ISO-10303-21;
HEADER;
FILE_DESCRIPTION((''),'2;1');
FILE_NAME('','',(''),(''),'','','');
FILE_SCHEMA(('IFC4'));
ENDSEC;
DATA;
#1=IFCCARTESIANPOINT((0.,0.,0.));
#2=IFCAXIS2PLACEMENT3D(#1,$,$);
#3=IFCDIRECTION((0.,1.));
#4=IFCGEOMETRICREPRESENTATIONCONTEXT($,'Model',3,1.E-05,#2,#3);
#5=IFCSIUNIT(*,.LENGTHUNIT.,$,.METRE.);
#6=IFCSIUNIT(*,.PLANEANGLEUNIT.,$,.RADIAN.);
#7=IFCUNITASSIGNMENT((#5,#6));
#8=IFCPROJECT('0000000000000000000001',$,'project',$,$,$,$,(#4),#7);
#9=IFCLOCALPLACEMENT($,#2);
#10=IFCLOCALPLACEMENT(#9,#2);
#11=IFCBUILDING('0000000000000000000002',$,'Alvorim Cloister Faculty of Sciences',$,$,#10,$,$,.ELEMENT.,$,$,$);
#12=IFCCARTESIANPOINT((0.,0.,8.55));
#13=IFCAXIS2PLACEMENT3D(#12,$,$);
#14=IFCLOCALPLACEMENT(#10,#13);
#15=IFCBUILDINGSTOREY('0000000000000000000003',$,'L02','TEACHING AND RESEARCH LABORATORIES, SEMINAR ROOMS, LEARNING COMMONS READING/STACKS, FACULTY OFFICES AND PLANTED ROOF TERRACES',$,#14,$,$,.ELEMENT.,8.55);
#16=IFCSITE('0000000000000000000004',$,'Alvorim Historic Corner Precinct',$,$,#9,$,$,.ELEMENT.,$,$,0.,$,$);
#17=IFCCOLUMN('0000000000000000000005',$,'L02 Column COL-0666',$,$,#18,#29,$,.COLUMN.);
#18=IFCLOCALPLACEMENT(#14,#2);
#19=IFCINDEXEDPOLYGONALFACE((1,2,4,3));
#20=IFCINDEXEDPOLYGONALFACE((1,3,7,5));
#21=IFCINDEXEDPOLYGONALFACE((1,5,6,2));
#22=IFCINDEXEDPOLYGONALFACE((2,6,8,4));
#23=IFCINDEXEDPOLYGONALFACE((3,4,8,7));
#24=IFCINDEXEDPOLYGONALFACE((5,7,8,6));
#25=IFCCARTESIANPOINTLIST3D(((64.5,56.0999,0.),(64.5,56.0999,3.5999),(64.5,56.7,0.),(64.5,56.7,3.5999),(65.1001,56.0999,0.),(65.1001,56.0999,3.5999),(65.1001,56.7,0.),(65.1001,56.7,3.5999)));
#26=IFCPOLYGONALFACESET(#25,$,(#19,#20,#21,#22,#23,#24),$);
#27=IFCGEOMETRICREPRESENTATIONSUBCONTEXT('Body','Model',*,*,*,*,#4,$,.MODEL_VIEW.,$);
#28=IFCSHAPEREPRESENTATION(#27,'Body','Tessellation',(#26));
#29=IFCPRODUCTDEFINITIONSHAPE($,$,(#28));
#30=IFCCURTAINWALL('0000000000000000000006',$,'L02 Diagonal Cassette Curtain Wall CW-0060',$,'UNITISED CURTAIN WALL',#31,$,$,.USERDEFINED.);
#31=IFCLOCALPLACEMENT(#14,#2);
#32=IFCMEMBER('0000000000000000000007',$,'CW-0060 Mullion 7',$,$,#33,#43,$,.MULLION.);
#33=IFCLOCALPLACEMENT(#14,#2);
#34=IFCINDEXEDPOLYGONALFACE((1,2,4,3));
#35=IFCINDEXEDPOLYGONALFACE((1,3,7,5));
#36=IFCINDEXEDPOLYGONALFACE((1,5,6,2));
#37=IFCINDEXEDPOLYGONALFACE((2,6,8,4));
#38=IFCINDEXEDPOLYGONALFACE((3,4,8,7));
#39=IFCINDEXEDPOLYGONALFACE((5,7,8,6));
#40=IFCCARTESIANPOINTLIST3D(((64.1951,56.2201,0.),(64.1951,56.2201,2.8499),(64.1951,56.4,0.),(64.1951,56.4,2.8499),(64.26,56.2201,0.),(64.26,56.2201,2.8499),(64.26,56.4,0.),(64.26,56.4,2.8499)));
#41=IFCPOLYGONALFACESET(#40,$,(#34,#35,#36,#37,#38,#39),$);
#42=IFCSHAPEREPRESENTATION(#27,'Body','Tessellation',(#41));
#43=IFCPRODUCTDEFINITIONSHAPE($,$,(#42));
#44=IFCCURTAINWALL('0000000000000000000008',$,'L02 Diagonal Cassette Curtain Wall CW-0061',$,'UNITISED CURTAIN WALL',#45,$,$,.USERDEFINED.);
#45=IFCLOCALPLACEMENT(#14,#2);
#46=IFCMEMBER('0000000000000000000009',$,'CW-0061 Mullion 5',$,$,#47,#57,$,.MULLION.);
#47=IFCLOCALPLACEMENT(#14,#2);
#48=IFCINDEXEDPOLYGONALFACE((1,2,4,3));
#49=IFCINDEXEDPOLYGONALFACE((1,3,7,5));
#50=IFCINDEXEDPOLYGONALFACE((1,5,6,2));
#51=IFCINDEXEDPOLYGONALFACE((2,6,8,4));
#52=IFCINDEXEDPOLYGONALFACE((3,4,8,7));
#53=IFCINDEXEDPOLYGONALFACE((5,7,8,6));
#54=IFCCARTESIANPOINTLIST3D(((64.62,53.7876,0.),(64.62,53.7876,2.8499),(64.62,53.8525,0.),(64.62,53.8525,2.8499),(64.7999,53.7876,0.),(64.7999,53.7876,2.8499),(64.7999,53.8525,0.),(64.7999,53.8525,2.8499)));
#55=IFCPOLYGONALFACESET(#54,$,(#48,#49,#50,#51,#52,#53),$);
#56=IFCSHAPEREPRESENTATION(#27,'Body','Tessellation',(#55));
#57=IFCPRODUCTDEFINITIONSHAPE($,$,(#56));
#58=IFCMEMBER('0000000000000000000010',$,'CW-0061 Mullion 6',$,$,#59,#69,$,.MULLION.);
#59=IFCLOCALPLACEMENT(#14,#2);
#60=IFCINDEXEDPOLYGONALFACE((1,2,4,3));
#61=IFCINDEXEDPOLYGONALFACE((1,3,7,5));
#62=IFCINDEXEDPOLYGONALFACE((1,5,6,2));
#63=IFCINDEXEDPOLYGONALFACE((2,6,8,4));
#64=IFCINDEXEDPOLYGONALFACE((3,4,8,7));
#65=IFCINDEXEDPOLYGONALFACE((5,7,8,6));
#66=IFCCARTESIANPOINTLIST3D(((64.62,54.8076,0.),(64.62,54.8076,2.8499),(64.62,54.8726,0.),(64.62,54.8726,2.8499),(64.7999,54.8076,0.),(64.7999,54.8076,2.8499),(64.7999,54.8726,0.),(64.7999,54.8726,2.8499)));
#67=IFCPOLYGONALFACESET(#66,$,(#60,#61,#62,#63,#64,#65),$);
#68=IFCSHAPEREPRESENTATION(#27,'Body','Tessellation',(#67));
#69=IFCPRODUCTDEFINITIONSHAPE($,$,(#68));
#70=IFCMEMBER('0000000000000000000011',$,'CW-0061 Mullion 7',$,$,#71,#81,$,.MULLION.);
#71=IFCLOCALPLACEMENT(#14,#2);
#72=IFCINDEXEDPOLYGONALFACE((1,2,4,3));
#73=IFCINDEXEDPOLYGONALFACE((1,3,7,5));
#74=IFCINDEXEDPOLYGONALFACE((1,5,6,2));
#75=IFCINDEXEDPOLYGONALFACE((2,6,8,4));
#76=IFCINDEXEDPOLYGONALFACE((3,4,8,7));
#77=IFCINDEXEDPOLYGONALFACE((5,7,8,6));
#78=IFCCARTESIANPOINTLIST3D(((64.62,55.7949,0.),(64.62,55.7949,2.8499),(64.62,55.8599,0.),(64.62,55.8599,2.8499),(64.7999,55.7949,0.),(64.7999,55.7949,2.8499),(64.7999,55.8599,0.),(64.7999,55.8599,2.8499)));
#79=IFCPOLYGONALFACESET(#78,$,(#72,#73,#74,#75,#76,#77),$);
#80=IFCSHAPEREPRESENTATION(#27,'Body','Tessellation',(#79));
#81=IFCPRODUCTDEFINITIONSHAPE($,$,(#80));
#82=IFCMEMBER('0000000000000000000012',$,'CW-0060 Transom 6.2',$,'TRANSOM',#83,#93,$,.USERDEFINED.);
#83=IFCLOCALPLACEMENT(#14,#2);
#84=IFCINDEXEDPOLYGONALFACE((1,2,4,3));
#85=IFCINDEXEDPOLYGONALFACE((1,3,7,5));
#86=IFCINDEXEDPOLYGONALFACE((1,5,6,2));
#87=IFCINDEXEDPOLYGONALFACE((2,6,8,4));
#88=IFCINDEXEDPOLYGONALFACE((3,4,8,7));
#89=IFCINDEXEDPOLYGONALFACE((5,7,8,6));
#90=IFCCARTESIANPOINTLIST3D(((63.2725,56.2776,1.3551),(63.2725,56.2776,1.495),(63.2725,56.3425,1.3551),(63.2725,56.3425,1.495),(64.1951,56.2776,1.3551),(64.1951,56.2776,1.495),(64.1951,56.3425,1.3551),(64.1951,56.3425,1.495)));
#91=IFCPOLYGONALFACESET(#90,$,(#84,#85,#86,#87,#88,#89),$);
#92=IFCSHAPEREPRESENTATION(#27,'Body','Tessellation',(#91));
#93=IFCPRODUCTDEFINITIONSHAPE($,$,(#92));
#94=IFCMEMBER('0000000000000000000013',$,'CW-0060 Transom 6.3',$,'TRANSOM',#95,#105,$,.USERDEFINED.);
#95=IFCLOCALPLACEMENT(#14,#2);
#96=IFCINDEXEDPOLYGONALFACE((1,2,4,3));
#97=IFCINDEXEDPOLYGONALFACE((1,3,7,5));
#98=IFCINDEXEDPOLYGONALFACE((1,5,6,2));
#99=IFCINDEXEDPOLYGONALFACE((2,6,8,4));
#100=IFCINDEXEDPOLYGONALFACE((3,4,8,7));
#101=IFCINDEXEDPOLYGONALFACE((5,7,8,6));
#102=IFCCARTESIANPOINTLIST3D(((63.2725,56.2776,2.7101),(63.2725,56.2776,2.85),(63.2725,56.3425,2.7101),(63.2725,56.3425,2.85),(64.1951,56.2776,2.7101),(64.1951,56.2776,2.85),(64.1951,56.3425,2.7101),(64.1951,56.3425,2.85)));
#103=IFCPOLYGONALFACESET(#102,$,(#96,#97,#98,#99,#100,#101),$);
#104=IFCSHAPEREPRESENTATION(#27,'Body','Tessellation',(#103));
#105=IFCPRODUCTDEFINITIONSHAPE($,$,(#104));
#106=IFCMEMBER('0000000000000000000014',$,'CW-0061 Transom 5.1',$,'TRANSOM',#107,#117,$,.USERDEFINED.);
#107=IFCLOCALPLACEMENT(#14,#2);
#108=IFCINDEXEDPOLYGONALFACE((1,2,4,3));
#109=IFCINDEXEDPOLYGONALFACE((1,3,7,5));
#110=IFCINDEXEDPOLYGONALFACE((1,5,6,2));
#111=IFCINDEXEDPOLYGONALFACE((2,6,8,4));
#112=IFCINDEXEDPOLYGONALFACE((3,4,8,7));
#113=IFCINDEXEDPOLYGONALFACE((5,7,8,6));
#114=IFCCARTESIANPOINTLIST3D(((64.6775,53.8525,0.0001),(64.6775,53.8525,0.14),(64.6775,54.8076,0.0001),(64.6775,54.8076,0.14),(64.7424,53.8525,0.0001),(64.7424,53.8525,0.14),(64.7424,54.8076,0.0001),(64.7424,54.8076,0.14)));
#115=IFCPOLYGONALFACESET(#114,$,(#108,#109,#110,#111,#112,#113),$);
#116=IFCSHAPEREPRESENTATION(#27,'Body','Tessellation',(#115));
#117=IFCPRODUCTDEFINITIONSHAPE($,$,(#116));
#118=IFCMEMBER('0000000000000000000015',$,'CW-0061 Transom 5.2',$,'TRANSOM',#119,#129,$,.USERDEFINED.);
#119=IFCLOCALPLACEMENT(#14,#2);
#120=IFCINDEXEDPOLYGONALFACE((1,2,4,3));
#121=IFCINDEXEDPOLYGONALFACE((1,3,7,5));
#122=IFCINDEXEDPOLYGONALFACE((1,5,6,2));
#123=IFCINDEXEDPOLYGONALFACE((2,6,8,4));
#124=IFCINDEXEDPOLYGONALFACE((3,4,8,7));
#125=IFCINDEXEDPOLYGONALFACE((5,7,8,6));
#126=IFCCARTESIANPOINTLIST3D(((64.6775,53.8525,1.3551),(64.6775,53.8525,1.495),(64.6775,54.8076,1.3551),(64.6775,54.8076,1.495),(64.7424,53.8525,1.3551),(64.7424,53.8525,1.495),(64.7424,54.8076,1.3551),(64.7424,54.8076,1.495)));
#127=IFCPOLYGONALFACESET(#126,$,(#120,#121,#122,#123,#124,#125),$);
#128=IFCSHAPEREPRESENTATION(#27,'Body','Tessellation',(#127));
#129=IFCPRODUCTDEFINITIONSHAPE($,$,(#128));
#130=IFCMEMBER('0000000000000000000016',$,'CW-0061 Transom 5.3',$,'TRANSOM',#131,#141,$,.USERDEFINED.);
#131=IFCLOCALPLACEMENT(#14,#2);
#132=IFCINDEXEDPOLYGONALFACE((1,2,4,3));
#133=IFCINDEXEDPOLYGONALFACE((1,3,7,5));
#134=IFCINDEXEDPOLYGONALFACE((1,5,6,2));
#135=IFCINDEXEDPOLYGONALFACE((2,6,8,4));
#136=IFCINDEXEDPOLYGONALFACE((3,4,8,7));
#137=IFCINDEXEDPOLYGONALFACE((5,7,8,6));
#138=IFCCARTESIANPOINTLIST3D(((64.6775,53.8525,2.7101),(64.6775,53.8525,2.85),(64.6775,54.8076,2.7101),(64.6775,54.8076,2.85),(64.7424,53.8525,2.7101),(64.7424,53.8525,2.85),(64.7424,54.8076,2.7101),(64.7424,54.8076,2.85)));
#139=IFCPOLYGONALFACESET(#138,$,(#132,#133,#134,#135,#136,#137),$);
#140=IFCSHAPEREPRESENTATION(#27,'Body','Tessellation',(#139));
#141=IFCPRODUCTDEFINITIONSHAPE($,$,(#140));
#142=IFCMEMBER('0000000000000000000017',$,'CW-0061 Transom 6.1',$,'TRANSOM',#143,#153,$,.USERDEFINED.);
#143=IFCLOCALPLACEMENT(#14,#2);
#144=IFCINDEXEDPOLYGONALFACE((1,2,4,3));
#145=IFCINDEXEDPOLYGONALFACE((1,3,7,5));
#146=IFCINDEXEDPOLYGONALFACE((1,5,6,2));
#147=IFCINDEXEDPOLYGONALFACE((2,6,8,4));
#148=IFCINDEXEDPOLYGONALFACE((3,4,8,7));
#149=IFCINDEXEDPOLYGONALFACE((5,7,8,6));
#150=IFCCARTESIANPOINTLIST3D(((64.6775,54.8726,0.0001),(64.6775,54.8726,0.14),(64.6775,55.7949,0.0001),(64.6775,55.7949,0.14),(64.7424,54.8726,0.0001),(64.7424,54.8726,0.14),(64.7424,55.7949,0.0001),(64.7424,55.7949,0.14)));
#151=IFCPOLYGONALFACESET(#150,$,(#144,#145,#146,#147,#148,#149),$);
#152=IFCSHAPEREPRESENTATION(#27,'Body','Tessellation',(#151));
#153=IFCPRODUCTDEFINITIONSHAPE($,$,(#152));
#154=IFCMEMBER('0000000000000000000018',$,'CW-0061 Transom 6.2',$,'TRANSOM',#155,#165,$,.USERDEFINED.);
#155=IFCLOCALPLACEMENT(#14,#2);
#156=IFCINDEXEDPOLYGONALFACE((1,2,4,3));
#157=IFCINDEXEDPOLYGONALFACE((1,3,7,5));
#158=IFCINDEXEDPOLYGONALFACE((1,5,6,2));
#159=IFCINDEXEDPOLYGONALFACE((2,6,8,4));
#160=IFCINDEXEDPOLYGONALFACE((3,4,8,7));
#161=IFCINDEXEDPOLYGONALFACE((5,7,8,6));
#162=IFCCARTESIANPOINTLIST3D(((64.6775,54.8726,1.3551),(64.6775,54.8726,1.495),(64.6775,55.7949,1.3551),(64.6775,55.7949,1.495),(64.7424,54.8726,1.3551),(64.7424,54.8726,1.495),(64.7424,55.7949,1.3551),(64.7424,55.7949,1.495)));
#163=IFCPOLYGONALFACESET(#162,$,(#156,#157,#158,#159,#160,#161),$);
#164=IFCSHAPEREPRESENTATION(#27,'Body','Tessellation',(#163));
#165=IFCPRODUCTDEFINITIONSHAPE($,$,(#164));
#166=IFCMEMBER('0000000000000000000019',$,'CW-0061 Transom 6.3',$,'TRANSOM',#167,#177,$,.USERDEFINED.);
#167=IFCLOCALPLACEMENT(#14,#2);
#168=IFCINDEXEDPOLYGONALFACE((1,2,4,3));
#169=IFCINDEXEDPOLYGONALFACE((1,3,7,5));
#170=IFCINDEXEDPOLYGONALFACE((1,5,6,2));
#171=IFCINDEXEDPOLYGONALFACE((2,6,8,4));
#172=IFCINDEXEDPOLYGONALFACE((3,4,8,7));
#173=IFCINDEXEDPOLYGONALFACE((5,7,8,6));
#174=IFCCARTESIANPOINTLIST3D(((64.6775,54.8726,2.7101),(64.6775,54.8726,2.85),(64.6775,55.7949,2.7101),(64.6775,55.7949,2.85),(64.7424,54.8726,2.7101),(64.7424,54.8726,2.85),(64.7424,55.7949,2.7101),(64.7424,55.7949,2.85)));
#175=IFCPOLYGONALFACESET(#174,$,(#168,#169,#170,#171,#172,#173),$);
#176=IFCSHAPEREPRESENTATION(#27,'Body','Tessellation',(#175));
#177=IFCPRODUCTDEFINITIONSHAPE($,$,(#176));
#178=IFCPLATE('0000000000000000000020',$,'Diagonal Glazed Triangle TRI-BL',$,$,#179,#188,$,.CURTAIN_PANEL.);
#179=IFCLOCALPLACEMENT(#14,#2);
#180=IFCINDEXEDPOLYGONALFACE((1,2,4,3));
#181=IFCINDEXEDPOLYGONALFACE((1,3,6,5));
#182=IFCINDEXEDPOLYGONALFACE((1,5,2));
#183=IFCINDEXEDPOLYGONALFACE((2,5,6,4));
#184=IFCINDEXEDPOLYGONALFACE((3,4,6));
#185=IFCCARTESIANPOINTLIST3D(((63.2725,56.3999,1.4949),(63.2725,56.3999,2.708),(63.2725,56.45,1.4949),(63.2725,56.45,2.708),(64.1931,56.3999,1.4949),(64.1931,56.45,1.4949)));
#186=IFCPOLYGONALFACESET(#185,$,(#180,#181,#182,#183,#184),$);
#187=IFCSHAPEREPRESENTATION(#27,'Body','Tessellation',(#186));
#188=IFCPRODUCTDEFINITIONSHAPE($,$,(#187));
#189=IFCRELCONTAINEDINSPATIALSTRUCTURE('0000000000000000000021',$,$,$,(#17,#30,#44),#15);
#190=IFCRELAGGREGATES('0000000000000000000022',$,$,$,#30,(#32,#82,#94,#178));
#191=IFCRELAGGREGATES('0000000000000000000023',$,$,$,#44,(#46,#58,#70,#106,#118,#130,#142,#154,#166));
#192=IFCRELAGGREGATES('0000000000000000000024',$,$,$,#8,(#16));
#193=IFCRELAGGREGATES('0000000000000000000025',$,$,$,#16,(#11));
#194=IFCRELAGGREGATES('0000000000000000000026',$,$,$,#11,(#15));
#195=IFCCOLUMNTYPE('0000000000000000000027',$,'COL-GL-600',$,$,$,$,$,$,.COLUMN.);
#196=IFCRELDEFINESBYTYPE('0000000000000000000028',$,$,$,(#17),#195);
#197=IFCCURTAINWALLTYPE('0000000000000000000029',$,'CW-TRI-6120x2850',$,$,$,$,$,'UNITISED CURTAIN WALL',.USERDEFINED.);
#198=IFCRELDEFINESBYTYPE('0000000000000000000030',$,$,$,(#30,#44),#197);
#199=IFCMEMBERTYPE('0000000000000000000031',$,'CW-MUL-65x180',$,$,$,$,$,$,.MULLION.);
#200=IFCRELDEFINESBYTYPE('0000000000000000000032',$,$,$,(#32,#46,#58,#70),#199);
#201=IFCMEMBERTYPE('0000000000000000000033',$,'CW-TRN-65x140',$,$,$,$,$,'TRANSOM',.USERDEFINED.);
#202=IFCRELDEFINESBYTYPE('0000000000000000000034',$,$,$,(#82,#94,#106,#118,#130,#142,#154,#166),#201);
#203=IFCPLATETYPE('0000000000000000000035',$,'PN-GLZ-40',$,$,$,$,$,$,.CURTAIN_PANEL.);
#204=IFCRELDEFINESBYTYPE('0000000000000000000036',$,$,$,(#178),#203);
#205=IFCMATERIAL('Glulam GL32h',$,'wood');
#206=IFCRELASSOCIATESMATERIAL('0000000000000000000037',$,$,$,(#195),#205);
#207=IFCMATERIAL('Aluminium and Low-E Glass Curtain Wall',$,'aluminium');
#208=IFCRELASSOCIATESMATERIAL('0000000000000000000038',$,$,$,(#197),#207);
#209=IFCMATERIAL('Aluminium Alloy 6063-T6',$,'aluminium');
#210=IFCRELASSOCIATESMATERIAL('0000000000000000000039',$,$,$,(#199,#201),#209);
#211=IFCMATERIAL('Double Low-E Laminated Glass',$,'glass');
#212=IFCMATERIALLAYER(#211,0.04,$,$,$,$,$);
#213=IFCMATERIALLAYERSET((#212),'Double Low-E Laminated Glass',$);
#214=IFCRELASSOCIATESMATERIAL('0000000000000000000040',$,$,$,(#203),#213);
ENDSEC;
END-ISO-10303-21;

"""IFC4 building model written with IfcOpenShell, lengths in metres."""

from ifc_helpers import new_model, si_unit, direction, frame, origin, origin_2d, place, context, subcontext, project, spatial, polyline, rectangle, outline, extrude, material, layer, layer_set, material_profile, profile_set, type_object, element, aggregate, save


model = new_model("IFC4")

# Units and contexts
model_context = context("Model", 3, precision=1e-05, world=origin(), true_north=direction((0.0, 1.0)))
body_context = subcontext(model_context, "Body", "Model", "MODEL_VIEW")
ifc_project = project(units=[si_unit("LENGTHUNIT", "METRE"), si_unit("PLANEANGLEUNIT", "RADIAN")], contexts=[model_context])

# Site, building, storey
site_placement = place(None, origin())
site = spatial("IfcSite", under=ifc_project, at=site_placement, Name="Alvorim Historic Corner Precinct", CompositionType="ELEMENT", RefElevation=0.0)
building_placement = place(site_placement, origin())
building = spatial("IfcBuilding", under=site, at=building_placement, Name="Alvorim Cloister Faculty of Sciences", CompositionType="ELEMENT")
storey_placement = place(building_placement, frame((0.0, 0.0, 8.55)))
storey = spatial("IfcBuildingStorey", under=building, at=storey_placement, Name="L02", Description="TEACHING AND RESEARCH LABORATORIES, SEMINAR ROOMS, LEARNING COMMONS READING/STACKS, FACULTY OFFICES AND PLANTED ROOF TERRACES", CompositionType="ELEMENT", Elevation=8.55)

# Column
ifc_material_1 = material(Name="Glulam GL32h", Category="wood")
ifc_material_profile_1 = material_profile(ifc_material_1, rectangle(XDim=0.6001, YDim=0.6001, at=origin_2d()), Name="GL32-COL-600x600")
ifc_profile_set_1 = profile_set([ifc_material_profile_1], Name="Glulam GL32h")
column_type = type_object("IfcColumnType", Name="COL-GL-600", PredefinedType="COLUMN", material=ifc_profile_set_1)
column_placement = place(storey_placement, frame((64.8, 56.3999, 0.0), z_axis=(0.0, 0.0, 1.0), x_axis=(1.0, 0.0, 0.0)))
element("IfcColumn", 1, at=column_placement, inside=storey, type_object=column_type, Name="L02 Column COL-0666", PredefinedType="COLUMN", context=body_context, shape_type="SweptSolid", body=[
    extrude(rectangle(XDim=0.6001, YDim=0.6001, at=origin_2d()), origin(), (0.0, 0.0, 1.0), 3.5999),
])

# Curtain wall, member
ifc_material_2 = material(Name="Aluminium and Low-E Glass Curtain Wall", Category="aluminium")
curtain_wall_type = type_object("IfcCurtainWallType", Name="CW-TRI-6120x2850", ElementType="UNITISED CURTAIN WALL", PredefinedType="USERDEFINED", material=ifc_material_2)
curtain_wall_1_placement = place(storey_placement, origin())
curtain_wall_1 = element("IfcCurtainWall", 2, at=curtain_wall_1_placement, inside=storey, type_object=curtain_wall_type, Name="L02 Diagonal Cassette Curtain Wall CW-0060", ObjectType="UNITISED CURTAIN WALL", PredefinedType="USERDEFINED")
ifc_material_3 = material(Name="Aluminium Alloy 6063-T6", Category="aluminium")
ifc_material_profile_2 = material_profile(ifc_material_3, rectangle(XDim=0.0649, YDim=0.1799, at=origin_2d()), Name="ALU-MUL-65x180")
ifc_profile_set_2 = profile_set([ifc_material_profile_2], Name="Aluminium Alloy 6063-T6")
member_type_1 = type_object("IfcMemberType", Name="CW-MUL-65x180", PredefinedType="MULLION", material=ifc_profile_set_2)
member_1_placement = place(storey_placement, frame((64.2275, 56.3101, 0.0), z_axis=(0.0, 0.0, 1.0), x_axis=(1.0, 0.0, 0.0)))
member_1 = element("IfcMember", 3, at=member_1_placement, type_object=member_type_1, Name="CW-0060 Mullion 7", PredefinedType="MULLION", context=body_context, shape_type="SweptSolid", body=[
    extrude(rectangle(XDim=0.0649, YDim=0.1799, at=origin_2d()), origin(), (0.0, 0.0, 1.0), 2.8499),
])

# Curtain wall, members
curtain_wall_2_placement = place(storey_placement, origin())
curtain_wall_2 = element("IfcCurtainWall", 4, at=curtain_wall_2_placement, inside=storey, type_object=curtain_wall_type, Name="L02 Diagonal Cassette Curtain Wall CW-0061", ObjectType="UNITISED CURTAIN WALL", PredefinedType="USERDEFINED")
member_2_placement = place(storey_placement, frame((64.71, 53.8201, 0.0), z_axis=(0.0, 0.0, 1.0), x_axis=(0.0, 1.0, 0.0)))
member_2 = element("IfcMember", 5, at=member_2_placement, type_object=member_type_1, Name="CW-0061 Mullion 5", PredefinedType="MULLION", context=body_context, shape_type="SweptSolid", body=[
    extrude(rectangle(XDim=0.0649, YDim=0.1799, at=origin_2d()), origin(), (0.0, 0.0, 1.0), 2.8499),
])
member_3_placement = place(storey_placement, frame((64.71, 54.8401, 0.0), z_axis=(0.0, 0.0, 1.0), x_axis=(0.0, 1.0, 0.0)))
member_3 = element("IfcMember", 6, at=member_3_placement, type_object=member_type_1, Name="CW-0061 Mullion 6", PredefinedType="MULLION", context=body_context, shape_type="SweptSolid", body=[
    extrude(rectangle(XDim=0.0649, YDim=0.1799, at=origin_2d()), origin(), (0.0, 0.0, 1.0), 2.8499),
])
member_4_placement = place(storey_placement, frame((64.71, 55.8274, 0.0), z_axis=(0.0, 0.0, 1.0), x_axis=(0.0, 1.0, 0.0)))
member_4 = element("IfcMember", 7, at=member_4_placement, type_object=member_type_1, Name="CW-0061 Mullion 7", PredefinedType="MULLION", context=body_context, shape_type="SweptSolid", body=[
    extrude(rectangle(XDim=0.0649, YDim=0.1799, at=origin_2d()), origin(), (0.0, 0.0, 1.0), 2.8499),
])

# Members
ifc_material_profile_3 = material_profile(ifc_material_3, rectangle(XDim=0.0649, YDim=0.1399, at=origin_2d()), Name="ALU-TRN-65x140")
ifc_profile_set_3 = profile_set([ifc_material_profile_3], Name="Aluminium Alloy 6063-T6")
member_type_2 = type_object("IfcMemberType", Name="CW-TRN-65x140", ElementType="TRANSOM", PredefinedType="USERDEFINED", material=ifc_profile_set_3)
member_5_placement = place(storey_placement, frame((63.2725, 56.3101, 1.425), z_axis=(1.0, 0.0, 0.0), x_axis=(0.0, 1.0, 0.0)))
member_5 = element("IfcMember", 8, at=member_5_placement, type_object=member_type_2, Name="CW-0060 Transom 6.2", ObjectType="TRANSOM", PredefinedType="USERDEFINED", context=body_context, shape_type="SweptSolid", body=[
    extrude(rectangle(XDim=0.0649, YDim=0.1399, at=origin_2d()), origin(), (0.0, 0.0, 1.0), 0.9226),
])
member_6_placement = place(storey_placement, frame((63.2725, 56.3101, 2.78), z_axis=(1.0, 0.0, 0.0), x_axis=(0.0, 1.0, 0.0)))
member_6 = element("IfcMember", 9, at=member_6_placement, type_object=member_type_2, Name="CW-0060 Transom 6.3", ObjectType="TRANSOM", PredefinedType="USERDEFINED", context=body_context, shape_type="SweptSolid", body=[
    extrude(rectangle(XDim=0.0649, YDim=0.1399, at=origin_2d()), origin(), (0.0, 0.0, 1.0), 0.9226),
])
member_7_placement = place(storey_placement, frame((64.71, 53.8525, 0.0701), z_axis=(0.0, 1.0, 0.0), x_axis=(-1.0, 0.0, 0.0)))
member_7 = element("IfcMember", 10, at=member_7_placement, type_object=member_type_2, Name="CW-0061 Transom 5.1", ObjectType="TRANSOM", PredefinedType="USERDEFINED", context=body_context, shape_type="SweptSolid", body=[
    extrude(rectangle(XDim=0.0649, YDim=0.1399, at=origin_2d()), origin(), (0.0, 0.0, 1.0), 0.9551),
])
member_8_placement = place(storey_placement, frame((64.71, 53.8525, 1.425), z_axis=(0.0, 1.0, 0.0), x_axis=(-1.0, 0.0, 0.0)))
member_8 = element("IfcMember", 11, at=member_8_placement, type_object=member_type_2, Name="CW-0061 Transom 5.2", ObjectType="TRANSOM", PredefinedType="USERDEFINED", context=body_context, shape_type="SweptSolid", body=[
    extrude(rectangle(XDim=0.0649, YDim=0.1399, at=origin_2d()), origin(), (0.0, 0.0, 1.0), 0.9551),
])
member_9_placement = place(storey_placement, frame((64.71, 53.8525, 2.78), z_axis=(0.0, 1.0, 0.0), x_axis=(-1.0, 0.0, 0.0)))
member_9 = element("IfcMember", 12, at=member_9_placement, type_object=member_type_2, Name="CW-0061 Transom 5.3", ObjectType="TRANSOM", PredefinedType="USERDEFINED", context=body_context, shape_type="SweptSolid", body=[
    extrude(rectangle(XDim=0.0649, YDim=0.1399, at=origin_2d()), origin(), (0.0, 0.0, 1.0), 0.9551),
])
member_10_placement = place(storey_placement, frame((64.71, 54.8726, 0.0701), z_axis=(0.0, 1.0, 0.0), x_axis=(-1.0, 0.0, 0.0)))
member_10 = element("IfcMember", 13, at=member_10_placement, type_object=member_type_2, Name="CW-0061 Transom 6.1", ObjectType="TRANSOM", PredefinedType="USERDEFINED", context=body_context, shape_type="SweptSolid", body=[
    extrude(rectangle(XDim=0.0649, YDim=0.1399, at=origin_2d()), origin(), (0.0, 0.0, 1.0), 0.9224),
])
member_11_placement = place(storey_placement, frame((64.71, 54.8726, 1.425), z_axis=(0.0, 1.0, 0.0), x_axis=(-1.0, 0.0, 0.0)))
member_11 = element("IfcMember", 14, at=member_11_placement, type_object=member_type_2, Name="CW-0061 Transom 6.2", ObjectType="TRANSOM", PredefinedType="USERDEFINED", context=body_context, shape_type="SweptSolid", body=[
    extrude(rectangle(XDim=0.0649, YDim=0.1399, at=origin_2d()), origin(), (0.0, 0.0, 1.0), 0.9224),
])
member_12_placement = place(storey_placement, frame((64.71, 54.8726, 2.78), z_axis=(0.0, 1.0, 0.0), x_axis=(-1.0, 0.0, 0.0)))
member_12 = element("IfcMember", 15, at=member_12_placement, type_object=member_type_2, Name="CW-0061 Transom 6.3", ObjectType="TRANSOM", PredefinedType="USERDEFINED", context=body_context, shape_type="SweptSolid", body=[
    extrude(rectangle(XDim=0.0649, YDim=0.1399, at=origin_2d()), origin(), (0.0, 0.0, 1.0), 0.9224),
])

# Plate
ifc_material_4 = material(Name="Double Low-E Laminated Glass", Category="glass")
ifc_layer = layer(ifc_material_4, 0.04)
ifc_layer_set = layer_set([ifc_layer], Name="Double Low-E Laminated Glass")
plate_type = type_object("IfcPlateType", Name="PN-GLZ-40", PredefinedType="CURTAIN_PANEL", material=ifc_layer_set)
plate_1_placement = place(storey_placement, frame((63.2725, 56.425, 1.4949), z_axis=(0.0, 0.0, 1.0), x_axis=(1.0, 0.0, 0.0)))
plate_1 = element("IfcPlate", 16, at=plate_1_placement, type_object=plate_type, Name="Diagonal Glazed Triangle TRI-BL", PredefinedType="CURTAIN_PANEL", context=body_context, shape_type="SweptSolid", body=[
    extrude(outline(polyline([(0.0, 0.0), (0.9207, 0.0), (0.0, 1.2131), (0.0, 0.0)])), frame((0.0, 0.0249, 0.0), z_axis=(0.0, -1.0, 0.0), x_axis=(1.0, 0.0, 0.0)), (0.0, 0.0, 1.0), 0.05),
])
aggregate(curtain_wall_1, [member_1, member_5, member_6, plate_1])
aggregate(curtain_wall_2, [member_2, member_3, member_4, member_7, member_8, member_9, member_10, member_11, member_12])

save(model, "model.ifc")
